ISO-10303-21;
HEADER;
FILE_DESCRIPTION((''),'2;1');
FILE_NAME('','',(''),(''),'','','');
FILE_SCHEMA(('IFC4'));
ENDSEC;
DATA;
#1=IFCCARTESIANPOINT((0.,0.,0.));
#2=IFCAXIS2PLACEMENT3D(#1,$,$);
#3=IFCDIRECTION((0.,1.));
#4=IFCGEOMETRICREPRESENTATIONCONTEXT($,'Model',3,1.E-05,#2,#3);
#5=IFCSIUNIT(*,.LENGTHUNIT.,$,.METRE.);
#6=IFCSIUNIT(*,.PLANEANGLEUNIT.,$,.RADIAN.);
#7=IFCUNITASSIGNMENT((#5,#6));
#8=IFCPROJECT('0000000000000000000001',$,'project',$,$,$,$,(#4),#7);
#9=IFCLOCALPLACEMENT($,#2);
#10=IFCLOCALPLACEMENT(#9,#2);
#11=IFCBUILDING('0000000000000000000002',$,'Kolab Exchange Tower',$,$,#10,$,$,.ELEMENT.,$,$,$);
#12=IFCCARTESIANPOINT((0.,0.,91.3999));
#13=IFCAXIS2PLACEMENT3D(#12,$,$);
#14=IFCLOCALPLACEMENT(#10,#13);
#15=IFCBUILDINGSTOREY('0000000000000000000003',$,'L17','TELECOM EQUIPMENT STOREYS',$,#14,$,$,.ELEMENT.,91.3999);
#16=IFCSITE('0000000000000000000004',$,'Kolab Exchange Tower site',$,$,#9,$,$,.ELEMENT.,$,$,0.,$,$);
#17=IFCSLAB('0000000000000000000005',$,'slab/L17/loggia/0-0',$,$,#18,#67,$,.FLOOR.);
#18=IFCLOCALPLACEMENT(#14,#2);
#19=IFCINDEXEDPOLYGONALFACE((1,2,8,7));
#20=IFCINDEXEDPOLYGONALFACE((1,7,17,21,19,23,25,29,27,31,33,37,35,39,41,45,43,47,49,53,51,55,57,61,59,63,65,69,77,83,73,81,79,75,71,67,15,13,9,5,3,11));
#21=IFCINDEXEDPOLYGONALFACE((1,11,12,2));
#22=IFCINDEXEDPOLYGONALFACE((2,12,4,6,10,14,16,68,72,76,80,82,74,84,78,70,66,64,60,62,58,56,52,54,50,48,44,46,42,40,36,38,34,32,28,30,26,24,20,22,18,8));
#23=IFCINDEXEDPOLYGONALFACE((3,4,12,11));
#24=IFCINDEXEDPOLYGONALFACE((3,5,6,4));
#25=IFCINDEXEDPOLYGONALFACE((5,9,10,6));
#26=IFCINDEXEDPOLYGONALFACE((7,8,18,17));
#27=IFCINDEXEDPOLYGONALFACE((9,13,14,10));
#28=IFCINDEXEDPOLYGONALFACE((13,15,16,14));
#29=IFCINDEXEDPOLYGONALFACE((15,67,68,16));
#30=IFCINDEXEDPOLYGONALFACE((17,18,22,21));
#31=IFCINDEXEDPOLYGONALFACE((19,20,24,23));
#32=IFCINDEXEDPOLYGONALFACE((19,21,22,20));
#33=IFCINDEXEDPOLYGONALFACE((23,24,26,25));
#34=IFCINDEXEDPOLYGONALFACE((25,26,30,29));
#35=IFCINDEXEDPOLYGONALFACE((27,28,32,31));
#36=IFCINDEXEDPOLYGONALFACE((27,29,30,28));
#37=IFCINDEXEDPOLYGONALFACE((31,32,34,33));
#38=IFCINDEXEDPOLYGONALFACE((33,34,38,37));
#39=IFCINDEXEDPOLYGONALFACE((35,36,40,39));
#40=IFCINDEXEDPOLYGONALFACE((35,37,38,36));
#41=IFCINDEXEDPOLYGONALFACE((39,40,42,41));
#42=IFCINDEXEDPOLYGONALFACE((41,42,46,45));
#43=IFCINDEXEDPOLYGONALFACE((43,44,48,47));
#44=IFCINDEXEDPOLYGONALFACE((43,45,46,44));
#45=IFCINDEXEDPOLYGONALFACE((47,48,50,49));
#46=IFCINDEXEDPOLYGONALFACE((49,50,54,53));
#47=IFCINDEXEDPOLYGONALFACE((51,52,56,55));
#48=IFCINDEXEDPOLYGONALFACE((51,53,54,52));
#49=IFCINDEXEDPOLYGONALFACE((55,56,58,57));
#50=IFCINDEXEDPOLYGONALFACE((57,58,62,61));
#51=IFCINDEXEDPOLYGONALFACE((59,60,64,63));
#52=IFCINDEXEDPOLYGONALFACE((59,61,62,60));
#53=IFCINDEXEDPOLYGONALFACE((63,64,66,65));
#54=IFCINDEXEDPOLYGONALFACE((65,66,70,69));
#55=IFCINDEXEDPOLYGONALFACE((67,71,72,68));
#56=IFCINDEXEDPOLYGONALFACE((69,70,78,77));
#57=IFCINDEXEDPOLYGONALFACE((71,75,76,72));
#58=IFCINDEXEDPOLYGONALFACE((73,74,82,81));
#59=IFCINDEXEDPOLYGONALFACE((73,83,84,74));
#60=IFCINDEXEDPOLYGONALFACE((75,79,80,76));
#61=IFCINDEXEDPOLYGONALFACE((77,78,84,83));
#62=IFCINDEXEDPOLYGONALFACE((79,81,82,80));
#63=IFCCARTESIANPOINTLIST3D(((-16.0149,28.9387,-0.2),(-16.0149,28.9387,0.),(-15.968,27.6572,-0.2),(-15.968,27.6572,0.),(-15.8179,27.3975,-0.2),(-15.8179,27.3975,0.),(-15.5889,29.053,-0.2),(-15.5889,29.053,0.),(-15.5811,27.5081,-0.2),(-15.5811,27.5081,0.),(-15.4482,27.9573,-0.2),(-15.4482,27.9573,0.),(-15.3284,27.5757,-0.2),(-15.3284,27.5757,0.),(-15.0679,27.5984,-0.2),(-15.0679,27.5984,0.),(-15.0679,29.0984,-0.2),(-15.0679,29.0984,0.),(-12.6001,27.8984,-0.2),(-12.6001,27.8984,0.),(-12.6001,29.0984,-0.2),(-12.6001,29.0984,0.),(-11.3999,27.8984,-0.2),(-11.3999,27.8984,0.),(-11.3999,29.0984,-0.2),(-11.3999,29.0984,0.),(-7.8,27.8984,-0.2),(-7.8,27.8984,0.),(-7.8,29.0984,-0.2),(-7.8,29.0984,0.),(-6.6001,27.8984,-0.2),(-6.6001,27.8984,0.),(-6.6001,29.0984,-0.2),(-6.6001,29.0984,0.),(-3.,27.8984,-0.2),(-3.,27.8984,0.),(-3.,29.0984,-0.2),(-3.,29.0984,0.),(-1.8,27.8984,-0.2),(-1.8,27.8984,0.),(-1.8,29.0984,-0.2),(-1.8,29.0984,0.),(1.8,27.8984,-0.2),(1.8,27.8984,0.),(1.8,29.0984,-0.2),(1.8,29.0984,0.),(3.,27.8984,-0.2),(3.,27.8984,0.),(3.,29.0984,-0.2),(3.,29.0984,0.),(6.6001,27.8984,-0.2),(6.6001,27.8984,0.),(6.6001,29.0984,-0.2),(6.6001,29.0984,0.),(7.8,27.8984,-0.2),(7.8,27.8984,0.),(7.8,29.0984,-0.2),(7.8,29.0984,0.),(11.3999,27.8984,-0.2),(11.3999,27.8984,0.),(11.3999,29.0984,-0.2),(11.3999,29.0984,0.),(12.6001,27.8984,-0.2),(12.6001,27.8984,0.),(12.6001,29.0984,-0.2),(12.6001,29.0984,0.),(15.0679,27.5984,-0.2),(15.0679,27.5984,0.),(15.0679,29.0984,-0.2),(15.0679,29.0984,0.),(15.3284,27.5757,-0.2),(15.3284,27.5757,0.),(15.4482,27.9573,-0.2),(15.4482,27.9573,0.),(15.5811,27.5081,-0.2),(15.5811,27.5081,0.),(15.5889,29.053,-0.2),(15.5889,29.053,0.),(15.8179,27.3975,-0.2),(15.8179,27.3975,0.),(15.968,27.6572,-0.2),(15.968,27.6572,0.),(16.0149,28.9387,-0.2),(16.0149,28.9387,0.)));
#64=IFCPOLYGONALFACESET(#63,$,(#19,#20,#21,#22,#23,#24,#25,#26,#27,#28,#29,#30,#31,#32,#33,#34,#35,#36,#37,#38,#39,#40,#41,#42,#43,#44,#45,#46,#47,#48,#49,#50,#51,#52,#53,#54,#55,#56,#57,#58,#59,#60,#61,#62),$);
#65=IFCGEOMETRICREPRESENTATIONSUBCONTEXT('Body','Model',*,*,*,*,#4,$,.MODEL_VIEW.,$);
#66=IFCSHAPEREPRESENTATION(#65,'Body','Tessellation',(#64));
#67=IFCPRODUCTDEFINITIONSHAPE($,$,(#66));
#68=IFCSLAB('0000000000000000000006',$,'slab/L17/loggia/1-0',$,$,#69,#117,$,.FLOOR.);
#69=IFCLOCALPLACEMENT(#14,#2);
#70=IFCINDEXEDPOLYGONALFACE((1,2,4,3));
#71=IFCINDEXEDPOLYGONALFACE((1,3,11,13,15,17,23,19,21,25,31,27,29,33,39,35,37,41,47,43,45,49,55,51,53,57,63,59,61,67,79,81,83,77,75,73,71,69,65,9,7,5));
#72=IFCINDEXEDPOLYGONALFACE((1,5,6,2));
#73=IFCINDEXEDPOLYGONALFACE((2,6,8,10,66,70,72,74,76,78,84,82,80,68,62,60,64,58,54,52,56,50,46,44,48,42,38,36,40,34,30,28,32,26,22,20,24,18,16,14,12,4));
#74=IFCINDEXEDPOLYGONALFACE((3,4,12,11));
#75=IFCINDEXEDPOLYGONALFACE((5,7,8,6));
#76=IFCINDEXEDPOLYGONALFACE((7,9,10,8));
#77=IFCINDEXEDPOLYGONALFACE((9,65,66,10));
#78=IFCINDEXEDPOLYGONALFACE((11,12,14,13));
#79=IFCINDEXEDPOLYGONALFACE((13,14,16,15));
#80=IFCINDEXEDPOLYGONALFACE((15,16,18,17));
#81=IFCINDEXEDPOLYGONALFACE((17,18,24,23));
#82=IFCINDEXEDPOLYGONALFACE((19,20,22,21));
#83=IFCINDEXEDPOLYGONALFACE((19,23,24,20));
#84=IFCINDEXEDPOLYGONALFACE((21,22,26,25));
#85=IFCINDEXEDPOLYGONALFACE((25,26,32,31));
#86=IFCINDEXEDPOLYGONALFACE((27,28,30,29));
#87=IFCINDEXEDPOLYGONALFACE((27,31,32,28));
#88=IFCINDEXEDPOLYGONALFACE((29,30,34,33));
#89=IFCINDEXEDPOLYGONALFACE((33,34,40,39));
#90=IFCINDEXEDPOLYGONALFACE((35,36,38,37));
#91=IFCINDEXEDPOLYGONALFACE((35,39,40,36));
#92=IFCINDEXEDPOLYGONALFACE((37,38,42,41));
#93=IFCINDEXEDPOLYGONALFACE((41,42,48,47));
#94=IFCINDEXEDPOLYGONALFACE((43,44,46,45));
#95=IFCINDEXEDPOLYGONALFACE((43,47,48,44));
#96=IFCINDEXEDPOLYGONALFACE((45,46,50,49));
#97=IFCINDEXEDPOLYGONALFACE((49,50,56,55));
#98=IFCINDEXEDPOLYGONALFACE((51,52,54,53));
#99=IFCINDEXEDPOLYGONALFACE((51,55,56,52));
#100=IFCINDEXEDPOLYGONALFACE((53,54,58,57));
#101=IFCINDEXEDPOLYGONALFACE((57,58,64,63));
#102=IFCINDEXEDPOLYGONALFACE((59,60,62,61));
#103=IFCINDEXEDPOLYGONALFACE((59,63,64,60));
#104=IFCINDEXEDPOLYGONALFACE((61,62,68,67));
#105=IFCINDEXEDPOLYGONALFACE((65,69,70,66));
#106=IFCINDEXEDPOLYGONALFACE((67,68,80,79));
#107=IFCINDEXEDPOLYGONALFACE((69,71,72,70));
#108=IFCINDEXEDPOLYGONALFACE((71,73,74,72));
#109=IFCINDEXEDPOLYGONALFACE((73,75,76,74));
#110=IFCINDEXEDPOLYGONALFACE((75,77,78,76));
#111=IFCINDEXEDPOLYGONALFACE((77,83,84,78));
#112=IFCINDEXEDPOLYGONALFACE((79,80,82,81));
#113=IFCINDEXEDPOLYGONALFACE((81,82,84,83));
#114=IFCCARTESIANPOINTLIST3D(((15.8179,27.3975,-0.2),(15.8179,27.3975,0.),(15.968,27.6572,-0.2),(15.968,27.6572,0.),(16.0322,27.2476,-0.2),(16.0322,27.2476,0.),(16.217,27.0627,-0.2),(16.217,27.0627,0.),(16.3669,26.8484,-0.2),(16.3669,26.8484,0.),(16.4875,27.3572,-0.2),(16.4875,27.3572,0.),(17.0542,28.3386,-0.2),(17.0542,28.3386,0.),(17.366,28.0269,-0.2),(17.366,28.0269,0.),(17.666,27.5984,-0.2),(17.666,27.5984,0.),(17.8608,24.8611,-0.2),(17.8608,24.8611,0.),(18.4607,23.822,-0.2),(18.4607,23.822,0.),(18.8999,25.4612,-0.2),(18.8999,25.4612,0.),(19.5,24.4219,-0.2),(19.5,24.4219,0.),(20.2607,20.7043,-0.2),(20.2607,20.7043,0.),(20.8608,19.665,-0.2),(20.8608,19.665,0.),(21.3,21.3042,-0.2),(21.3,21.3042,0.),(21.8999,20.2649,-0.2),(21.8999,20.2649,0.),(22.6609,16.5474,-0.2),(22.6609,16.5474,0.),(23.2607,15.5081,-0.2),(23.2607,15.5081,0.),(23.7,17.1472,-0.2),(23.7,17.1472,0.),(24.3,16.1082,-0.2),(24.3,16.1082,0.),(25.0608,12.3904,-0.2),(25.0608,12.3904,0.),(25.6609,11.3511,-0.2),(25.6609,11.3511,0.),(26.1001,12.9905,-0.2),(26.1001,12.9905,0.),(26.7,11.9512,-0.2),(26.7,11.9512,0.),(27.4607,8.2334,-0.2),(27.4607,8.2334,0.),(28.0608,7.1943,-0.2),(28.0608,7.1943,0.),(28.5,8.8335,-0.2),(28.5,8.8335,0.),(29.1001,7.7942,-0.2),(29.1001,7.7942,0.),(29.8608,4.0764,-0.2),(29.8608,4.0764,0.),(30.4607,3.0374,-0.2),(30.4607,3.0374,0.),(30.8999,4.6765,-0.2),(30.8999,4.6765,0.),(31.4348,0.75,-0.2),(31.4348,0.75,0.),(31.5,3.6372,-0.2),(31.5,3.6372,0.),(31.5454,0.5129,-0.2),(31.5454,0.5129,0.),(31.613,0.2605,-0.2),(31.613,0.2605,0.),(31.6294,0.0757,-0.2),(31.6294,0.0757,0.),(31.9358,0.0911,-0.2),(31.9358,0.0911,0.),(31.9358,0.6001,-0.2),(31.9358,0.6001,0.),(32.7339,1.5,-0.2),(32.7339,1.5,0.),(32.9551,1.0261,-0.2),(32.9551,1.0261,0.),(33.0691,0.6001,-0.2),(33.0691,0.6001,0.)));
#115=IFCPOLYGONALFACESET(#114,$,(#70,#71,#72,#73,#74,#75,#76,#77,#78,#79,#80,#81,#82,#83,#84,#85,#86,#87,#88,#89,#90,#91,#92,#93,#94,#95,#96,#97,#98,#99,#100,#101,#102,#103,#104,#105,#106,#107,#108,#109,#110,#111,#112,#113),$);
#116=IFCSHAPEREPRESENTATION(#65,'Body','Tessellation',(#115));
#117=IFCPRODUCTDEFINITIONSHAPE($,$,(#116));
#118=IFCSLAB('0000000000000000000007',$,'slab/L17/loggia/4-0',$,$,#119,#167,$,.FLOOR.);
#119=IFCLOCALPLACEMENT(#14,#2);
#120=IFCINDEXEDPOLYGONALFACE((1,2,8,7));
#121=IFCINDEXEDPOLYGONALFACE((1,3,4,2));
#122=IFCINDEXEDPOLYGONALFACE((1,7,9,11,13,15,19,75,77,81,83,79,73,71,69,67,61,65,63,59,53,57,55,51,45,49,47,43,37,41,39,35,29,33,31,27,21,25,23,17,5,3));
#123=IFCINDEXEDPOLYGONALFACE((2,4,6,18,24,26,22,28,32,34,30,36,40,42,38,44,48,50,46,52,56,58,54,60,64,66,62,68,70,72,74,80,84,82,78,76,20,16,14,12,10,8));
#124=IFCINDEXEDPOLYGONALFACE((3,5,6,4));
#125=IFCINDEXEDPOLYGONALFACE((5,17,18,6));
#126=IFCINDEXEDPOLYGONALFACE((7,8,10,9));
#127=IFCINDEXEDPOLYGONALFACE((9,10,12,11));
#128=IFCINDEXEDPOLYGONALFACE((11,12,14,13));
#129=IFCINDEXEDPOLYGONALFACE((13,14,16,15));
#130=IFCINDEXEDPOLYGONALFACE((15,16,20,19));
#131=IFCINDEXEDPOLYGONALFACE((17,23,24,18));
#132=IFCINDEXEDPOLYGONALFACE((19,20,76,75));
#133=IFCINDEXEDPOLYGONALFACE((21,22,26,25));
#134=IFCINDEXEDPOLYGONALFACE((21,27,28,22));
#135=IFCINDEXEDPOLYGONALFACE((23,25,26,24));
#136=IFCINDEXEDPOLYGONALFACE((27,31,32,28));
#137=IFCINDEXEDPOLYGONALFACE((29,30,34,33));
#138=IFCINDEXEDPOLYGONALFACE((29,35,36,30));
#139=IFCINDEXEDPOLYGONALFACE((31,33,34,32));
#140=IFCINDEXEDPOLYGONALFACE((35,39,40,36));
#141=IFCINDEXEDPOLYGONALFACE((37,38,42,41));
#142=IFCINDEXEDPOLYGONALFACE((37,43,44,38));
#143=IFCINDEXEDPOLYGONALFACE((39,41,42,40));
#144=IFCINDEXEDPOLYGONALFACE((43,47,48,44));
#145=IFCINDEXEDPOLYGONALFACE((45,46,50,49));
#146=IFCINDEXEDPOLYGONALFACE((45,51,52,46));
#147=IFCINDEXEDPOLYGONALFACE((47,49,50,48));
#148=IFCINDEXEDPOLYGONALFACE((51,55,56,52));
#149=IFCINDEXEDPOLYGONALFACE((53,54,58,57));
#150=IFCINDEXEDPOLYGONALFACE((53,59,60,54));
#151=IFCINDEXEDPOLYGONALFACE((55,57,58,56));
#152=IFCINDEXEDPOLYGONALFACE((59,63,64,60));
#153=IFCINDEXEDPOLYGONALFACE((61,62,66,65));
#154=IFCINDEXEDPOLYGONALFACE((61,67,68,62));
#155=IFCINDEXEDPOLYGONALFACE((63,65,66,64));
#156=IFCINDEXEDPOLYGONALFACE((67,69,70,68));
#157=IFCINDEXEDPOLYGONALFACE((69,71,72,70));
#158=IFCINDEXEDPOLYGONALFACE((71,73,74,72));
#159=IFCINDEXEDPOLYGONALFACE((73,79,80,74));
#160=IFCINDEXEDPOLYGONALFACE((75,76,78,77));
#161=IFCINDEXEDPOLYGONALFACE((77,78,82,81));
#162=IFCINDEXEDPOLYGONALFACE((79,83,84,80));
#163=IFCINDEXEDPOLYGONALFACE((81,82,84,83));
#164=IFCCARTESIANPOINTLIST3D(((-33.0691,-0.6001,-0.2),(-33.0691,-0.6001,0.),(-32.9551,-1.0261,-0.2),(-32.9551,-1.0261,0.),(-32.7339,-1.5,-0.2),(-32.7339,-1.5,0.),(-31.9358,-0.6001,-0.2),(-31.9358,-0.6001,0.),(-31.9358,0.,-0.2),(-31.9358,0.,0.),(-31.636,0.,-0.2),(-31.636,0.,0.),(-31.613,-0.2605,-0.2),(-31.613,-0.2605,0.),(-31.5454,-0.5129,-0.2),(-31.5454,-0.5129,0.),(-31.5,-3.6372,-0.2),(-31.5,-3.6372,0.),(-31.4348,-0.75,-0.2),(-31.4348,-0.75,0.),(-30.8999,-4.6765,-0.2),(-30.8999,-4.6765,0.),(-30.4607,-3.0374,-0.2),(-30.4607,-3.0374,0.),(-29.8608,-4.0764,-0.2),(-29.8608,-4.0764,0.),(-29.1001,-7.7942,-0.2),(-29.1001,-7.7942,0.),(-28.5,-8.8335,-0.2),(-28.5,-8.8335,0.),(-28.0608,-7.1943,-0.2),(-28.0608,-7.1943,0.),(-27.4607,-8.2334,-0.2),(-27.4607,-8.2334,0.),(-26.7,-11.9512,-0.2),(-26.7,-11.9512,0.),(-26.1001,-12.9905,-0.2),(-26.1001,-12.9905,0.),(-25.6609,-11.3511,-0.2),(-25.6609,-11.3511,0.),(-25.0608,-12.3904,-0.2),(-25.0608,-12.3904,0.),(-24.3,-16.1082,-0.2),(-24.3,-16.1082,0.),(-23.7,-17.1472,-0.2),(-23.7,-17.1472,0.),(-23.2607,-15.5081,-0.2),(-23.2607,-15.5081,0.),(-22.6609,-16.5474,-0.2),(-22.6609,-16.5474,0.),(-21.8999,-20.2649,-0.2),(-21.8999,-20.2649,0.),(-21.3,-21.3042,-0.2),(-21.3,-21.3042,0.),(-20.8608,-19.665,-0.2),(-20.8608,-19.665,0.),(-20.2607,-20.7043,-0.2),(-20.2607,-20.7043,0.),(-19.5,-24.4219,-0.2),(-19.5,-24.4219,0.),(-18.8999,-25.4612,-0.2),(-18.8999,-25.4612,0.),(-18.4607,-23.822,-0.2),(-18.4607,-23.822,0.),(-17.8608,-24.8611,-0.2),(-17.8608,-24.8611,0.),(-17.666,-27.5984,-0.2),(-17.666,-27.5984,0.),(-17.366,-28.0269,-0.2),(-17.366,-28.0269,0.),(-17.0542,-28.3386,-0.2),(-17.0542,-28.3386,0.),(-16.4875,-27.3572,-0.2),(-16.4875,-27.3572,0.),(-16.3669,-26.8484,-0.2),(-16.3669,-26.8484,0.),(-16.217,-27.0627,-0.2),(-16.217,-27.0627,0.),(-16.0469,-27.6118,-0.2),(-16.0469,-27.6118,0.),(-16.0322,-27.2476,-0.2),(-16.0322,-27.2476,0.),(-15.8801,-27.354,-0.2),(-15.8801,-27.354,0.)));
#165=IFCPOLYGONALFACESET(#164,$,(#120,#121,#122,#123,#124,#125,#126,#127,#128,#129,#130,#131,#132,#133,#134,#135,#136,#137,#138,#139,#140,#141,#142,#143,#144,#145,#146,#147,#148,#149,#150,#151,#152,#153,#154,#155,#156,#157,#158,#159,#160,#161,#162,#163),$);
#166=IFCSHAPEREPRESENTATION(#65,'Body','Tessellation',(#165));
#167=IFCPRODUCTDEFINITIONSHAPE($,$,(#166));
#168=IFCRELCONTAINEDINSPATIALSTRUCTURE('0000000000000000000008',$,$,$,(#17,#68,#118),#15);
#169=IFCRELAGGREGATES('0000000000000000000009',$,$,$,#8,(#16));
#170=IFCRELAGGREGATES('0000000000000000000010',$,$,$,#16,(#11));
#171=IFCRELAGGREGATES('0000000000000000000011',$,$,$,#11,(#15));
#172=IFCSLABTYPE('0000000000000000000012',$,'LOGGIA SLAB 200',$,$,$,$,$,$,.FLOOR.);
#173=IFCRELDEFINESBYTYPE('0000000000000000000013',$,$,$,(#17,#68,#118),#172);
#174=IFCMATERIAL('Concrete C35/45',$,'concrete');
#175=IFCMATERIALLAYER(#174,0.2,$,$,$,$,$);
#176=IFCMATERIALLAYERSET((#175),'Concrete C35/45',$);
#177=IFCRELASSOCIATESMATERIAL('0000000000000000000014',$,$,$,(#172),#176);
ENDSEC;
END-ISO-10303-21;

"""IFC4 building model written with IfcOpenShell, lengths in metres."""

from ifc_helpers import new_model, si_unit, direction, frame, origin, place, context, subcontext, project, spatial, polyline, outline, extrude, material, layer, layer_set, type_object, element, save


model = new_model("IFC4")

# Units and contexts
model_context = context("Model", 3, precision=1e-05, world=origin(), true_north=direction((0.0, 1.0)))
body_context = subcontext(model_context, "Body", "Model", "MODEL_VIEW")
ifc_project = project(units=[si_unit("LENGTHUNIT", "METRE"), si_unit("PLANEANGLEUNIT", "RADIAN")], contexts=[model_context])

# Site, building, storey
site_placement = place(None, origin())
site = spatial("IfcSite", under=ifc_project, at=site_placement, Name="Kolab Exchange Tower site", CompositionType="ELEMENT", RefElevation=0.0)
building_placement = place(site_placement, origin())
building = spatial("IfcBuilding", under=site, at=building_placement, Name="Kolab Exchange Tower", CompositionType="ELEMENT")
storey_placement = place(building_placement, frame((0.0, 0.0, 91.3999)))
storey = spatial("IfcBuildingStorey", under=building, at=storey_placement, Name="L17", Description="TELECOM EQUIPMENT STOREYS", CompositionType="ELEMENT", Elevation=91.3999)

# Slabs
ifc_material_1 = material(Name="Concrete C35/45", Category="concrete")
ifc_layer_1 = layer(ifc_material_1, 0.2)
ifc_layer_set_1 = layer_set([ifc_layer_1], Name="Concrete C35/45")
slab_type_1 = type_object("IfcSlabType", Name="LOGGIA SLAB 200", PredefinedType="FLOOR", material=ifc_layer_set_1)
slab_1_placement = place(storey_placement, frame((0.0, 0.0, -0.2)))
element("IfcSlab", 1, at=slab_1_placement, inside=storey, type_object=slab_type_1, Name="slab/L17/loggia/0-0", PredefinedType="FLOOR", context=body_context, shape_type="SweptSolid", body=[
    extrude(outline(polyline([(15.5811, 27.5081), (15.8179, 27.3975), (15.968, 27.6572), (15.4482, 27.9573), (16.0149, 28.9387), (15.5889, 29.053), (15.0679, 29.0984), (12.6001, 29.0984), (12.6001, 27.8984), (11.3999, 27.8984), (11.3999, 29.0984), (7.8, 29.0984), (7.8, 27.8984), (6.6001, 27.8984), (6.6001, 29.0984), (3.0, 29.0984), (3.0, 27.8984), (1.8, 27.8984), (1.8, 29.0984), (-1.8, 29.0984), (-1.8, 27.8984), (-3.0, 27.8984), (-3.0, 29.0984), (-6.6001, 29.0984), (-6.6001, 27.8984), (-7.8, 27.8984), (-7.8, 29.0984), (-11.3999, 29.0984), (-11.3999, 27.8984), (-12.6001, 27.8984), (-12.6001, 29.0984), (-15.0679, 29.0984), (-15.5889, 29.053), (-16.0149, 28.9387), (-15.4482, 27.9573), (-15.968, 27.6572), (-15.8179, 27.3975), (-15.5811, 27.5081), (-15.3284, 27.5757), (-15.0679, 27.5984), (15.0679, 27.5984), (15.3284, 27.5757), (15.5811, 27.5081)])), origin(), (0.0, 0.0, 1.0), 0.2),
])
slab_2_placement = place(storey_placement, frame((0.0, 0.0, -0.2)))
element("IfcSlab", 2, at=slab_2_placement, inside=storey, type_object=slab_type_1, Name="slab/L17/loggia/1-0", PredefinedType="FLOOR", context=body_context, shape_type="SweptSolid", body=[
    extrude(outline(polyline([(31.613, 0.2605), (31.6294, 0.0757), (31.9358, 0.0911), (31.9358, 0.6001), (33.0691, 0.6001), (32.9551, 1.0261), (32.7339, 1.5), (31.5, 3.6372), (30.4607, 3.0374), (29.8608, 4.0764), (30.8999, 4.6765), (29.1001, 7.7942), (28.0608, 7.1943), (27.4607, 8.2334), (28.5, 8.8335), (26.7, 11.9512), (25.6609, 11.3511), (25.0608, 12.3904), (26.1001, 12.9905), (24.3, 16.1082), (23.2607, 15.5081), (22.6609, 16.5474), (23.7, 17.1472), (21.8999, 20.2649), (20.8608, 19.665), (20.2607, 20.7043), (21.3, 21.3042), (19.5, 24.4219), (18.4607, 23.822), (17.8608, 24.8611), (18.8999, 25.4612), (17.666, 27.5984), (17.366, 28.0269), (17.0542, 28.3386), (16.4875, 27.3572), (15.968, 27.6572), (15.8179, 27.3975), (16.0322, 27.2476), (16.217, 27.0627), (16.3669, 26.8484), (31.4348, 0.75), (31.5454, 0.5129), (31.613, 0.2605)])), origin(), (0.0, 0.0, 1.0), 0.2),
])
slab_3_placement = place(storey_placement, frame((0.0, 0.0, -0.2)))
element("IfcSlab", 3, at=slab_3_placement, inside=storey, type_object=slab_type_1, Name="slab/L17/loggia/4-0", PredefinedType="FLOOR", context=body_context, shape_type="SweptSolid", body=[
    extrude(outline(polyline([(-31.613, -0.2605), (-31.636, 0.0), (-31.9358, 0.0), (-31.9358, -0.6001), (-33.0691, -0.6001), (-32.9551, -1.0261), (-32.7339, -1.5), (-31.5, -3.6372), (-30.4607, -3.0374), (-29.8608, -4.0764), (-30.8999, -4.6765), (-29.1001, -7.7942), (-28.0608, -7.1943), (-27.4607, -8.2334), (-28.5, -8.8335), (-26.7, -11.9512), (-25.6609, -11.3511), (-25.0608, -12.3904), (-26.1001, -12.9905), (-24.3, -16.1082), (-23.2607, -15.5081), (-22.6609, -16.5474), (-23.7, -17.1472), (-21.8999, -20.2649), (-20.8608, -19.665), (-20.2607, -20.7043), (-21.3, -21.3042), (-19.5, -24.4219), (-18.4607, -23.822), (-17.8608, -24.8611), (-18.8999, -25.4612), (-17.666, -27.5984), (-17.366, -28.0269), (-17.0542, -28.3386), (-16.4875, -27.3572), (-16.0469, -27.6118), (-15.8801, -27.354), (-16.0322, -27.2476), (-16.217, -27.0627), (-16.3669, -26.8484), (-31.4348, -0.75), (-31.5454, -0.5129), (-31.613, -0.2605)])), origin(), (0.0, 0.0, 1.0), 0.2),
])

save(model, "model.ifc")
